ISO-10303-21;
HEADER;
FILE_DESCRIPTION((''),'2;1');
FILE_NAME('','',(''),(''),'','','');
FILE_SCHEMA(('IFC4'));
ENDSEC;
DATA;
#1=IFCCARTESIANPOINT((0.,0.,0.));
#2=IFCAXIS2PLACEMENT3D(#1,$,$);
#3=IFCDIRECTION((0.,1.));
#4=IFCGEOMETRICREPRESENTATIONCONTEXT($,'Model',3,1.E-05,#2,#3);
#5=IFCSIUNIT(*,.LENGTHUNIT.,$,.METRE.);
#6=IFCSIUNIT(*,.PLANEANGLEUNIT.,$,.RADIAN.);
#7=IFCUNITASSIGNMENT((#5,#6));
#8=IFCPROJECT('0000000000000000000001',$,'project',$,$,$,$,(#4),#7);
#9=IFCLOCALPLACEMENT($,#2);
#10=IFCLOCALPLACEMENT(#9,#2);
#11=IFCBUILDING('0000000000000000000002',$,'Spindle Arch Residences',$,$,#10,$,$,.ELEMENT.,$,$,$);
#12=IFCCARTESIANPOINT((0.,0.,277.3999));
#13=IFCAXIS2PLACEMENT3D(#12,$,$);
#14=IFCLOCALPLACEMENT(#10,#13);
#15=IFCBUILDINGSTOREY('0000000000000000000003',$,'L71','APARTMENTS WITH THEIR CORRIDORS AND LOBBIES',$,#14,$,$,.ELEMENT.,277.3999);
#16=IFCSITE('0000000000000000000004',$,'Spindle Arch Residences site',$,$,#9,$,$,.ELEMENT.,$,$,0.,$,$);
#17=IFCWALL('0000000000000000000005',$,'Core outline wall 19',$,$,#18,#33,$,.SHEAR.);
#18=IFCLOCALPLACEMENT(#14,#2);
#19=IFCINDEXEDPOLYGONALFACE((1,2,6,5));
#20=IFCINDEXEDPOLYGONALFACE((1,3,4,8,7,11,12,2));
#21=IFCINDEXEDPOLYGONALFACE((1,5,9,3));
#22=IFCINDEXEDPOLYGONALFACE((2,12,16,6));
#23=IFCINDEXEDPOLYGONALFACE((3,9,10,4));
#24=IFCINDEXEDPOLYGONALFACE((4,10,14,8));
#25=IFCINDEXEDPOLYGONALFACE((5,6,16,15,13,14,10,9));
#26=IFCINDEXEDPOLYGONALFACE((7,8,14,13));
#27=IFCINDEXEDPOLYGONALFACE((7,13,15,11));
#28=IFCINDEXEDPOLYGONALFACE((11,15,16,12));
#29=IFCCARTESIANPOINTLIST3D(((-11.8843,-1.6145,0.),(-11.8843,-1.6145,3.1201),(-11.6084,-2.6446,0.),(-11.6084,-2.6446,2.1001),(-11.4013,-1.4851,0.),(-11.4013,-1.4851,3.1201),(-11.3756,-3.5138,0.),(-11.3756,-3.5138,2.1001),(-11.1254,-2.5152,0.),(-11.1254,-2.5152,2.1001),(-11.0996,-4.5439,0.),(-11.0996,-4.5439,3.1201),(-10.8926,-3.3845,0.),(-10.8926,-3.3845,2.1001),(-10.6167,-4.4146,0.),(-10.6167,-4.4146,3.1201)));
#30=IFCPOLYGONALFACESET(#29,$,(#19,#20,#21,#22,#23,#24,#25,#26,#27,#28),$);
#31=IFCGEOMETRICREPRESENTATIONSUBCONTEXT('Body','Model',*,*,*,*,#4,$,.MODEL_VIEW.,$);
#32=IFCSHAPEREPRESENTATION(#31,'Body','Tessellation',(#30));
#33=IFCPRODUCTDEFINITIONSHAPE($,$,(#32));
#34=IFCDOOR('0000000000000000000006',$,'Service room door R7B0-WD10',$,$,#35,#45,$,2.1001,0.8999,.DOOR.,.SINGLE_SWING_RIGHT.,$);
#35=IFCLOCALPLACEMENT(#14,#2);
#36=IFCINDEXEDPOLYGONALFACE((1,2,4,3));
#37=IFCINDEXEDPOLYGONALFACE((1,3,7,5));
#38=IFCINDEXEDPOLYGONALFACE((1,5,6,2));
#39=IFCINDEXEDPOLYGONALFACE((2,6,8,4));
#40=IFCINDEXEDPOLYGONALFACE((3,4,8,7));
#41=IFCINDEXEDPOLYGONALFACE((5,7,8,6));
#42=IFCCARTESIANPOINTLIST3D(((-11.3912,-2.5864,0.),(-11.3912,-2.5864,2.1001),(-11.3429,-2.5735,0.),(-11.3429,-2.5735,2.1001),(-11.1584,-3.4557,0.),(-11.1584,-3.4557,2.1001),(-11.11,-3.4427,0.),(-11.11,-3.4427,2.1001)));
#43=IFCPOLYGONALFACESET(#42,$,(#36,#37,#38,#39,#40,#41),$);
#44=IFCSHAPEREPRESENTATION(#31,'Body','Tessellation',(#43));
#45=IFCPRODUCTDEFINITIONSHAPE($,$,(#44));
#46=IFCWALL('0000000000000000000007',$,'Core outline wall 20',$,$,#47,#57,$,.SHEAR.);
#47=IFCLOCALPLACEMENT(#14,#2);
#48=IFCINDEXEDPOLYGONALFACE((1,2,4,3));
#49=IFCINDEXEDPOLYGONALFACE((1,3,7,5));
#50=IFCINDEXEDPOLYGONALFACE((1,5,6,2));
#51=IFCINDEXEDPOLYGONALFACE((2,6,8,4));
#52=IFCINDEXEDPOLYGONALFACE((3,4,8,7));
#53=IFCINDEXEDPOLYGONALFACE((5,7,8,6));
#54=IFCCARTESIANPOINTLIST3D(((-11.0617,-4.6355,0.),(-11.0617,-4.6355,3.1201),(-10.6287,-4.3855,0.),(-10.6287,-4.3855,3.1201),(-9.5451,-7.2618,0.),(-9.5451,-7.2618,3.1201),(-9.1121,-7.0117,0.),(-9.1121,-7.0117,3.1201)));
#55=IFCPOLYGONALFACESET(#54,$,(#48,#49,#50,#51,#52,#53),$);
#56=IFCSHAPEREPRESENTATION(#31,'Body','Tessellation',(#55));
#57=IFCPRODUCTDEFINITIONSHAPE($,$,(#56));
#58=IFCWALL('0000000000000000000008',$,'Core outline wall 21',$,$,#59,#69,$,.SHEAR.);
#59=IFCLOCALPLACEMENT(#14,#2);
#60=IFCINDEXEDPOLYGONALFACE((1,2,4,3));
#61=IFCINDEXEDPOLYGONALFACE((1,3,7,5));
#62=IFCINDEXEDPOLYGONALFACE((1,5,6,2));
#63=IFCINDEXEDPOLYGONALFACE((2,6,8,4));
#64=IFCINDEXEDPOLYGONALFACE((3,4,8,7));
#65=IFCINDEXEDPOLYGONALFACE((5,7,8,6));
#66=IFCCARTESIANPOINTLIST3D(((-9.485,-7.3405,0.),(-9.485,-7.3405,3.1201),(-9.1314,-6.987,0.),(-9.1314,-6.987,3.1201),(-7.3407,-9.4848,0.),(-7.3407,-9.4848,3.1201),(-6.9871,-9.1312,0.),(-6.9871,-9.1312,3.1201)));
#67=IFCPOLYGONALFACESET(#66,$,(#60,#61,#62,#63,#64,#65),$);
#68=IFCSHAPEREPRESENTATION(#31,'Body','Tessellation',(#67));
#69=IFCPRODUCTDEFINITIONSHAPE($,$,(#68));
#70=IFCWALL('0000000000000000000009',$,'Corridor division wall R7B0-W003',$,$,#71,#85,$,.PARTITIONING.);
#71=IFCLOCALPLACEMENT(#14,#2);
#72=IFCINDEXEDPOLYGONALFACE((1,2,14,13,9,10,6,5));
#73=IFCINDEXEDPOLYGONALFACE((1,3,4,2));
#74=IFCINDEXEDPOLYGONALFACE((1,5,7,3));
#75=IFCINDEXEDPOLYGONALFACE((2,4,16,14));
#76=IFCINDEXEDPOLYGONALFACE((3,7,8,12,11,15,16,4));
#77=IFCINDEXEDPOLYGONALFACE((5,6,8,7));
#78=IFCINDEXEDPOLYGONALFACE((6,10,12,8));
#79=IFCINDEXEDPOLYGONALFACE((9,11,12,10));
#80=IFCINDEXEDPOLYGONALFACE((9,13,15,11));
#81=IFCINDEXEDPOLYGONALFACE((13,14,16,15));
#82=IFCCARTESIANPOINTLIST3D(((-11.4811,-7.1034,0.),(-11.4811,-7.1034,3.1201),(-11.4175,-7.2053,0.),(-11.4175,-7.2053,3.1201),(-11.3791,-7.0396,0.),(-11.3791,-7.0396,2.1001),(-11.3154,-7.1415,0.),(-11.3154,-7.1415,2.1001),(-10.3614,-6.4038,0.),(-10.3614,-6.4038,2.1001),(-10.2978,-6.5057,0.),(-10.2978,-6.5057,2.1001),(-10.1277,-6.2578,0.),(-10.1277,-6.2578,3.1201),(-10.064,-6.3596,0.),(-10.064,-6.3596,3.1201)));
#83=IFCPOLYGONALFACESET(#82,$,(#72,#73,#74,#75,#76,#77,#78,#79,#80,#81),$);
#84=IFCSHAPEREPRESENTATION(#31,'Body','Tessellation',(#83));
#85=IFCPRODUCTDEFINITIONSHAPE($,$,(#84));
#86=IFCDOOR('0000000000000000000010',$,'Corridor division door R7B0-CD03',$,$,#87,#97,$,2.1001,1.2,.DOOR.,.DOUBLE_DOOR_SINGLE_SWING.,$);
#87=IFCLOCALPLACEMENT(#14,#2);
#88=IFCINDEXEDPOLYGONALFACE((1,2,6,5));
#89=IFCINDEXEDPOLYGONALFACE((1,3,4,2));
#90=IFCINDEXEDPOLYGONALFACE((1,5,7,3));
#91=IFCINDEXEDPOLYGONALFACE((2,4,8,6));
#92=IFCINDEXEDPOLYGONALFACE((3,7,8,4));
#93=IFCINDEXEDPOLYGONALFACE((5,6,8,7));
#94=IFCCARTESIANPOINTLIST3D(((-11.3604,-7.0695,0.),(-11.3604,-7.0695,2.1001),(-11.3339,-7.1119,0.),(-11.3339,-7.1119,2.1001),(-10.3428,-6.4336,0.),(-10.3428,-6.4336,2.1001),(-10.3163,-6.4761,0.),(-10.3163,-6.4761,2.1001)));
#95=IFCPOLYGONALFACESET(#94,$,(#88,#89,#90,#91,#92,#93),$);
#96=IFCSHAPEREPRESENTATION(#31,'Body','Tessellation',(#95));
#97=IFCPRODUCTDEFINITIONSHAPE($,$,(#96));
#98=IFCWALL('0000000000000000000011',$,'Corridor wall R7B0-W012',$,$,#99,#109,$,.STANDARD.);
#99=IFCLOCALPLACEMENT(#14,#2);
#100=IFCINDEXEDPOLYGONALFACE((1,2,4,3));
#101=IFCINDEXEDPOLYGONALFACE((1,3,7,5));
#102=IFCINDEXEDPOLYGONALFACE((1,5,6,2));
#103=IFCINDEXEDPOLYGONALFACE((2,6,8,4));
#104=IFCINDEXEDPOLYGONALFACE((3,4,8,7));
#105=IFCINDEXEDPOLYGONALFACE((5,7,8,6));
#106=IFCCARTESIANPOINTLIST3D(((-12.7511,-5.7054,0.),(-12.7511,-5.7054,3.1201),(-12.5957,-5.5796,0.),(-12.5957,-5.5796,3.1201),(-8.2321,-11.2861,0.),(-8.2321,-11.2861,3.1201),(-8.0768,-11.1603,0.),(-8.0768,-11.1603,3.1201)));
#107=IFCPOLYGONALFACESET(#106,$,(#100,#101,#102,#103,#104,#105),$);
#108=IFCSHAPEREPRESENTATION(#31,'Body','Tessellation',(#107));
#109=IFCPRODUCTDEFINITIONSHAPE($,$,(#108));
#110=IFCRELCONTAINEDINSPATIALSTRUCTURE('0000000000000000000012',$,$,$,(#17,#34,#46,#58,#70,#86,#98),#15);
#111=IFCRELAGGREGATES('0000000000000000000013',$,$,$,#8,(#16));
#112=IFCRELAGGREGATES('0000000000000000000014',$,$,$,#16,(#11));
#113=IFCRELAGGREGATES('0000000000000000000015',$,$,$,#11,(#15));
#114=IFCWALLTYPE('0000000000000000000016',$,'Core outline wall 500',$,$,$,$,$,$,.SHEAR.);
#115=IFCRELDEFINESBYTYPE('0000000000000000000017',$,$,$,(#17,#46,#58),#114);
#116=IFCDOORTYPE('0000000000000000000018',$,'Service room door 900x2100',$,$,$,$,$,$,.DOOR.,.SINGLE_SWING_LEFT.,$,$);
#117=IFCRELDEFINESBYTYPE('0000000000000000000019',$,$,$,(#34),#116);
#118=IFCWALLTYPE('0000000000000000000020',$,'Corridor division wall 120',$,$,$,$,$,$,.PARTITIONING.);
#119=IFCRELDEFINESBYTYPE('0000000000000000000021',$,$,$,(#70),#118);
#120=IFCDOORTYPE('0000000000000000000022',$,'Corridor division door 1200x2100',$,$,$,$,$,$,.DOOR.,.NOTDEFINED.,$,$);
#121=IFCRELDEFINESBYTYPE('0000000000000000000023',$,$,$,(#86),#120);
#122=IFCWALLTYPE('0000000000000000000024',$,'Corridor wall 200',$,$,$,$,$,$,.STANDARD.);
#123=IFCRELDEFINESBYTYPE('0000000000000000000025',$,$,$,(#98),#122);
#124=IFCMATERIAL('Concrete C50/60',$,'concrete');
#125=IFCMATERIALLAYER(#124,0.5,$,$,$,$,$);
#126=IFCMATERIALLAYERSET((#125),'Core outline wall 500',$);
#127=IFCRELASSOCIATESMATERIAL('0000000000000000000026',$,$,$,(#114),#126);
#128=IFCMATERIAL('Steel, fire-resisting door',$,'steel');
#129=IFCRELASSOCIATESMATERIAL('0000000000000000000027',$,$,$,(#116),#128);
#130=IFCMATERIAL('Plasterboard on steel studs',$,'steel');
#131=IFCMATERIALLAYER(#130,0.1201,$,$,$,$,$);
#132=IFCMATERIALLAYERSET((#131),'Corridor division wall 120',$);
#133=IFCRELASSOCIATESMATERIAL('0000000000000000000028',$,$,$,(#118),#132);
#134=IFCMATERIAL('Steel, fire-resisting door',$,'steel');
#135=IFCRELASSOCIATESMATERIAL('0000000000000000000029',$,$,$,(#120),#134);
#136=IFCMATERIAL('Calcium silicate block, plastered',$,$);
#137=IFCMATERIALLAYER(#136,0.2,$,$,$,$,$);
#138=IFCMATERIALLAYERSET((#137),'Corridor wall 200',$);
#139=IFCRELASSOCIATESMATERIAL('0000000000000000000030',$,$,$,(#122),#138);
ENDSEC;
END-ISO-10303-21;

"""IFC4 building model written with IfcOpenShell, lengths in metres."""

from ifc_helpers import new_model, si_unit, direction, frame, frame_2d, origin, place, context, subcontext, project, spatial, rectangle, extrude, material, layer, layer_set, type_object, element, fill, save


model = new_model("IFC4")

# Units and contexts
model_context = context("Model", 3, precision=1e-05, world=origin(), true_north=direction((0.0, 1.0)))
body_context = subcontext(model_context, "Body", "Model", "MODEL_VIEW")
ifc_project = project(units=[si_unit("LENGTHUNIT", "METRE"), si_unit("PLANEANGLEUNIT", "RADIAN")], contexts=[model_context])

# Site, building, storey
site_placement = place(None, origin())
site = spatial("IfcSite", under=ifc_project, at=site_placement, Name="Spindle Arch Residences site", CompositionType="ELEMENT", RefElevation=0.0)
building_placement = place(site_placement, origin())
building = spatial("IfcBuilding", under=site, at=building_placement, Name="Spindle Arch Residences", CompositionType="ELEMENT")
storey_placement = place(building_placement, frame((0.0, 0.0, 277.3999)))
storey = spatial("IfcBuildingStorey", under=building, at=storey_placement, Name="L71", Description="APARTMENTS WITH THEIR CORRIDORS AND LOBBIES", CompositionType="ELEMENT", Elevation=277.3999)

# Wall, opening, door
ifc_material_1 = material(Name="Concrete C50/60", Category="concrete")
ifc_layer_1 = layer(ifc_material_1, 0.5)
ifc_layer_set_1 = layer_set([ifc_layer_1], Name="Core outline wall 500")
wall_type_1 = type_object("IfcWallType", Name="Core outline wall 500", PredefinedType="SHEAR", material=ifc_layer_set_1)
wall_1_placement = place(storey_placement, frame((-11.6428, -1.5498, 0.0), z_axis=(0.0, 0.0, 1.0), x_axis=(0.258735, -0.965948, 0.0)))
wall_1 = element("IfcWall", 1, at=wall_1_placement, inside=storey, type_object=wall_type_1, Name="Core outline wall 19", PredefinedType="SHEAR", context=body_context, shape_type="SweptSolid", body=[
    extrude(rectangle(XDim=3.0327, YDim=0.5, at=frame_2d((1.5164, 0.0))), origin(), (0.0, 0.0, 1.0), 3.1201),
])
opening_1_placement = place(wall_1_placement, frame((1.0664, 0.0, 0.0)))
opening_1 = element("IfcOpeningElement", 2, at=opening_1_placement, cuts=wall_1, PredefinedType="OPENING", context=body_context, shape_type="SweptSolid", body=[
    extrude(rectangle(XDim=0.8999, YDim=2.1001, at=frame_2d((0.45, 1.05))), frame((0.0, 0.26, 0.0), z_axis=(0.0, -1.0, 0.0), x_axis=(1.0, 0.0, 0.0)), (0.0, 0.0, 1.0), 0.52),
])
ifc_material_2 = material(Name="Steel, fire-resisting door", Category="steel")
door_type_1 = type_object("IfcDoorType", Name="Service room door 900x2100", OperationType="SINGLE_SWING_LEFT", PredefinedType="DOOR", material=ifc_material_2)
door_1_placement = place(opening_1_placement, origin())
door_1 = element("IfcDoor", 3, at=door_1_placement, inside=storey, type_object=door_type_1, Name="Service room door R7B0-WD10", OperationType="SINGLE_SWING_RIGHT", OverallHeight=2.1001, OverallWidth=0.8999, PredefinedType="DOOR", context=body_context, shape_type="SweptSolid", body=[
    extrude(rectangle(XDim=0.8999, YDim=2.1001, at=frame_2d((0.45, 1.05))), frame((0.0, 0.0249, 0.0), z_axis=(0.0, -1.0, 0.0), x_axis=(1.0, 0.0, 0.0)), (0.0, 0.0, 1.0), 0.05),
])
fill(opening_1, door_1)

# Walls
wall_2_placement = place(storey_placement, frame((-10.8452, -4.5105, 0.0), z_axis=(0.0, 0.0, 1.0), x_axis=(0.500087, -0.865975, 0.0)))
element("IfcWall", 4, at=wall_2_placement, inside=storey, type_object=wall_type_1, Name="Core outline wall 20", PredefinedType="SHEAR", context=body_context, shape_type="SweptSolid", body=[
    extrude(rectangle(XDim=3.0327, YDim=0.5, at=frame_2d((1.5164, 0.0))), origin(), (0.0, 0.0, 1.0), 3.1201),
])
wall_3_placement = place(storey_placement, frame((-9.3081, -7.1638, 0.0), z_axis=(0.0, 0.0, 1.0), x_axis=(0.707107, -0.707107, 0.0)))
element("IfcWall", 5, at=wall_3_placement, inside=storey, type_object=wall_type_1, Name="Core outline wall 21", PredefinedType="SHEAR", context=body_context, shape_type="SweptSolid", body=[
    extrude(rectangle(XDim=3.0325, YDim=0.5, at=frame_2d((1.5161, 0.0))), origin(), (0.0, 0.0, 1.0), 3.1201),
])

# Wall, opening, door
ifc_material_3 = material(Name="Plasterboard on steel studs", Category="steel")
ifc_layer_2 = layer(ifc_material_3, 0.1201)
ifc_layer_set_2 = layer_set([ifc_layer_2], Name="Corridor division wall 120")
wall_type_2 = type_object("IfcWallType", Name="Corridor division wall 120", PredefinedType="PARTITIONING", material=ifc_layer_set_2)
wall_4_placement = place(storey_placement, frame((-11.4492, -7.1543, 0.0), z_axis=(0.0, 0.0, 1.0), x_axis=(0.848067, 0.529889, 0.0)))
wall_4 = element("IfcWall", 6, at=wall_4_placement, inside=storey, type_object=wall_type_2, Name="Corridor division wall R7B0-W003", PredefinedType="PARTITIONING", context=body_context, shape_type="SweptSolid", body=[
    extrude(rectangle(XDim=1.5959, YDim=0.1201, at=frame_2d((0.7979, 0.0))), origin(), (0.0, 0.0, 1.0), 3.1201),
])
opening_2_placement = place(wall_4_placement, frame((0.1201, 0.0, 0.0)))
opening_2 = element("IfcOpeningElement", 7, at=opening_2_placement, cuts=wall_4, PredefinedType="OPENING", context=body_context, shape_type="SweptSolid", body=[
    extrude(rectangle(XDim=1.2, YDim=2.1001, at=frame_2d((0.6001, 1.05))), frame((0.0, 0.0701, 0.0), z_axis=(0.0, -1.0, 0.0), x_axis=(1.0, 0.0, 0.0)), (0.0, 0.0, 1.0), 0.1401),
])
ifc_material_4 = material(Name="Steel, fire-resisting door", Category="steel")
door_type_2 = type_object("IfcDoorType", Name="Corridor division door 1200x2100", OperationType="NOTDEFINED", PredefinedType="DOOR", material=ifc_material_4)
door_2_placement = place(opening_2_placement, origin())
door_2 = element("IfcDoor", 8, at=door_2_placement, inside=storey, type_object=door_type_2, Name="Corridor division door R7B0-CD03", OperationType="DOUBLE_DOOR_SINGLE_SWING", OverallHeight=2.1001, OverallWidth=1.2, PredefinedType="DOOR", context=body_context, shape_type="SweptSolid", body=[
    extrude(rectangle(XDim=1.2, YDim=2.1001, at=frame_2d((0.6001, 1.05))), frame((0.0, 0.0249, 0.0), z_axis=(0.0, -1.0, 0.0), x_axis=(1.0, 0.0, 0.0)), (0.0, 0.0, 1.0), 0.05),
])
fill(opening_2, door_2)

# Wall
ifc_material_5 = material(Name="Calcium silicate block, plastered")
ifc_layer_3 = layer(ifc_material_5, 0.2)
ifc_layer_set_3 = layer_set([ifc_layer_3], Name="Corridor wall 200")
wall_type_3 = type_object("IfcWallType", Name="Corridor wall 200", PredefinedType="STANDARD", material=ifc_layer_set_3)
wall_5_placement = place(storey_placement, frame((-12.6733, -5.6426, 0.0), z_axis=(0.0, 0.0, 1.0), x_axis=(0.629303, -0.77716, 0.0)))
element("IfcWall", 9, at=wall_5_placement, inside=storey, type_object=wall_type_3, Name="Corridor wall R7B0-W012", PredefinedType="STANDARD", context=body_context, shape_type="SweptSolid", body=[
    extrude(rectangle(XDim=7.1809, YDim=0.2, at=frame_2d((3.5903, 0.0))), origin(), (0.0, 0.0, 1.0), 3.1201),
])

save(model, "model.ifc")
